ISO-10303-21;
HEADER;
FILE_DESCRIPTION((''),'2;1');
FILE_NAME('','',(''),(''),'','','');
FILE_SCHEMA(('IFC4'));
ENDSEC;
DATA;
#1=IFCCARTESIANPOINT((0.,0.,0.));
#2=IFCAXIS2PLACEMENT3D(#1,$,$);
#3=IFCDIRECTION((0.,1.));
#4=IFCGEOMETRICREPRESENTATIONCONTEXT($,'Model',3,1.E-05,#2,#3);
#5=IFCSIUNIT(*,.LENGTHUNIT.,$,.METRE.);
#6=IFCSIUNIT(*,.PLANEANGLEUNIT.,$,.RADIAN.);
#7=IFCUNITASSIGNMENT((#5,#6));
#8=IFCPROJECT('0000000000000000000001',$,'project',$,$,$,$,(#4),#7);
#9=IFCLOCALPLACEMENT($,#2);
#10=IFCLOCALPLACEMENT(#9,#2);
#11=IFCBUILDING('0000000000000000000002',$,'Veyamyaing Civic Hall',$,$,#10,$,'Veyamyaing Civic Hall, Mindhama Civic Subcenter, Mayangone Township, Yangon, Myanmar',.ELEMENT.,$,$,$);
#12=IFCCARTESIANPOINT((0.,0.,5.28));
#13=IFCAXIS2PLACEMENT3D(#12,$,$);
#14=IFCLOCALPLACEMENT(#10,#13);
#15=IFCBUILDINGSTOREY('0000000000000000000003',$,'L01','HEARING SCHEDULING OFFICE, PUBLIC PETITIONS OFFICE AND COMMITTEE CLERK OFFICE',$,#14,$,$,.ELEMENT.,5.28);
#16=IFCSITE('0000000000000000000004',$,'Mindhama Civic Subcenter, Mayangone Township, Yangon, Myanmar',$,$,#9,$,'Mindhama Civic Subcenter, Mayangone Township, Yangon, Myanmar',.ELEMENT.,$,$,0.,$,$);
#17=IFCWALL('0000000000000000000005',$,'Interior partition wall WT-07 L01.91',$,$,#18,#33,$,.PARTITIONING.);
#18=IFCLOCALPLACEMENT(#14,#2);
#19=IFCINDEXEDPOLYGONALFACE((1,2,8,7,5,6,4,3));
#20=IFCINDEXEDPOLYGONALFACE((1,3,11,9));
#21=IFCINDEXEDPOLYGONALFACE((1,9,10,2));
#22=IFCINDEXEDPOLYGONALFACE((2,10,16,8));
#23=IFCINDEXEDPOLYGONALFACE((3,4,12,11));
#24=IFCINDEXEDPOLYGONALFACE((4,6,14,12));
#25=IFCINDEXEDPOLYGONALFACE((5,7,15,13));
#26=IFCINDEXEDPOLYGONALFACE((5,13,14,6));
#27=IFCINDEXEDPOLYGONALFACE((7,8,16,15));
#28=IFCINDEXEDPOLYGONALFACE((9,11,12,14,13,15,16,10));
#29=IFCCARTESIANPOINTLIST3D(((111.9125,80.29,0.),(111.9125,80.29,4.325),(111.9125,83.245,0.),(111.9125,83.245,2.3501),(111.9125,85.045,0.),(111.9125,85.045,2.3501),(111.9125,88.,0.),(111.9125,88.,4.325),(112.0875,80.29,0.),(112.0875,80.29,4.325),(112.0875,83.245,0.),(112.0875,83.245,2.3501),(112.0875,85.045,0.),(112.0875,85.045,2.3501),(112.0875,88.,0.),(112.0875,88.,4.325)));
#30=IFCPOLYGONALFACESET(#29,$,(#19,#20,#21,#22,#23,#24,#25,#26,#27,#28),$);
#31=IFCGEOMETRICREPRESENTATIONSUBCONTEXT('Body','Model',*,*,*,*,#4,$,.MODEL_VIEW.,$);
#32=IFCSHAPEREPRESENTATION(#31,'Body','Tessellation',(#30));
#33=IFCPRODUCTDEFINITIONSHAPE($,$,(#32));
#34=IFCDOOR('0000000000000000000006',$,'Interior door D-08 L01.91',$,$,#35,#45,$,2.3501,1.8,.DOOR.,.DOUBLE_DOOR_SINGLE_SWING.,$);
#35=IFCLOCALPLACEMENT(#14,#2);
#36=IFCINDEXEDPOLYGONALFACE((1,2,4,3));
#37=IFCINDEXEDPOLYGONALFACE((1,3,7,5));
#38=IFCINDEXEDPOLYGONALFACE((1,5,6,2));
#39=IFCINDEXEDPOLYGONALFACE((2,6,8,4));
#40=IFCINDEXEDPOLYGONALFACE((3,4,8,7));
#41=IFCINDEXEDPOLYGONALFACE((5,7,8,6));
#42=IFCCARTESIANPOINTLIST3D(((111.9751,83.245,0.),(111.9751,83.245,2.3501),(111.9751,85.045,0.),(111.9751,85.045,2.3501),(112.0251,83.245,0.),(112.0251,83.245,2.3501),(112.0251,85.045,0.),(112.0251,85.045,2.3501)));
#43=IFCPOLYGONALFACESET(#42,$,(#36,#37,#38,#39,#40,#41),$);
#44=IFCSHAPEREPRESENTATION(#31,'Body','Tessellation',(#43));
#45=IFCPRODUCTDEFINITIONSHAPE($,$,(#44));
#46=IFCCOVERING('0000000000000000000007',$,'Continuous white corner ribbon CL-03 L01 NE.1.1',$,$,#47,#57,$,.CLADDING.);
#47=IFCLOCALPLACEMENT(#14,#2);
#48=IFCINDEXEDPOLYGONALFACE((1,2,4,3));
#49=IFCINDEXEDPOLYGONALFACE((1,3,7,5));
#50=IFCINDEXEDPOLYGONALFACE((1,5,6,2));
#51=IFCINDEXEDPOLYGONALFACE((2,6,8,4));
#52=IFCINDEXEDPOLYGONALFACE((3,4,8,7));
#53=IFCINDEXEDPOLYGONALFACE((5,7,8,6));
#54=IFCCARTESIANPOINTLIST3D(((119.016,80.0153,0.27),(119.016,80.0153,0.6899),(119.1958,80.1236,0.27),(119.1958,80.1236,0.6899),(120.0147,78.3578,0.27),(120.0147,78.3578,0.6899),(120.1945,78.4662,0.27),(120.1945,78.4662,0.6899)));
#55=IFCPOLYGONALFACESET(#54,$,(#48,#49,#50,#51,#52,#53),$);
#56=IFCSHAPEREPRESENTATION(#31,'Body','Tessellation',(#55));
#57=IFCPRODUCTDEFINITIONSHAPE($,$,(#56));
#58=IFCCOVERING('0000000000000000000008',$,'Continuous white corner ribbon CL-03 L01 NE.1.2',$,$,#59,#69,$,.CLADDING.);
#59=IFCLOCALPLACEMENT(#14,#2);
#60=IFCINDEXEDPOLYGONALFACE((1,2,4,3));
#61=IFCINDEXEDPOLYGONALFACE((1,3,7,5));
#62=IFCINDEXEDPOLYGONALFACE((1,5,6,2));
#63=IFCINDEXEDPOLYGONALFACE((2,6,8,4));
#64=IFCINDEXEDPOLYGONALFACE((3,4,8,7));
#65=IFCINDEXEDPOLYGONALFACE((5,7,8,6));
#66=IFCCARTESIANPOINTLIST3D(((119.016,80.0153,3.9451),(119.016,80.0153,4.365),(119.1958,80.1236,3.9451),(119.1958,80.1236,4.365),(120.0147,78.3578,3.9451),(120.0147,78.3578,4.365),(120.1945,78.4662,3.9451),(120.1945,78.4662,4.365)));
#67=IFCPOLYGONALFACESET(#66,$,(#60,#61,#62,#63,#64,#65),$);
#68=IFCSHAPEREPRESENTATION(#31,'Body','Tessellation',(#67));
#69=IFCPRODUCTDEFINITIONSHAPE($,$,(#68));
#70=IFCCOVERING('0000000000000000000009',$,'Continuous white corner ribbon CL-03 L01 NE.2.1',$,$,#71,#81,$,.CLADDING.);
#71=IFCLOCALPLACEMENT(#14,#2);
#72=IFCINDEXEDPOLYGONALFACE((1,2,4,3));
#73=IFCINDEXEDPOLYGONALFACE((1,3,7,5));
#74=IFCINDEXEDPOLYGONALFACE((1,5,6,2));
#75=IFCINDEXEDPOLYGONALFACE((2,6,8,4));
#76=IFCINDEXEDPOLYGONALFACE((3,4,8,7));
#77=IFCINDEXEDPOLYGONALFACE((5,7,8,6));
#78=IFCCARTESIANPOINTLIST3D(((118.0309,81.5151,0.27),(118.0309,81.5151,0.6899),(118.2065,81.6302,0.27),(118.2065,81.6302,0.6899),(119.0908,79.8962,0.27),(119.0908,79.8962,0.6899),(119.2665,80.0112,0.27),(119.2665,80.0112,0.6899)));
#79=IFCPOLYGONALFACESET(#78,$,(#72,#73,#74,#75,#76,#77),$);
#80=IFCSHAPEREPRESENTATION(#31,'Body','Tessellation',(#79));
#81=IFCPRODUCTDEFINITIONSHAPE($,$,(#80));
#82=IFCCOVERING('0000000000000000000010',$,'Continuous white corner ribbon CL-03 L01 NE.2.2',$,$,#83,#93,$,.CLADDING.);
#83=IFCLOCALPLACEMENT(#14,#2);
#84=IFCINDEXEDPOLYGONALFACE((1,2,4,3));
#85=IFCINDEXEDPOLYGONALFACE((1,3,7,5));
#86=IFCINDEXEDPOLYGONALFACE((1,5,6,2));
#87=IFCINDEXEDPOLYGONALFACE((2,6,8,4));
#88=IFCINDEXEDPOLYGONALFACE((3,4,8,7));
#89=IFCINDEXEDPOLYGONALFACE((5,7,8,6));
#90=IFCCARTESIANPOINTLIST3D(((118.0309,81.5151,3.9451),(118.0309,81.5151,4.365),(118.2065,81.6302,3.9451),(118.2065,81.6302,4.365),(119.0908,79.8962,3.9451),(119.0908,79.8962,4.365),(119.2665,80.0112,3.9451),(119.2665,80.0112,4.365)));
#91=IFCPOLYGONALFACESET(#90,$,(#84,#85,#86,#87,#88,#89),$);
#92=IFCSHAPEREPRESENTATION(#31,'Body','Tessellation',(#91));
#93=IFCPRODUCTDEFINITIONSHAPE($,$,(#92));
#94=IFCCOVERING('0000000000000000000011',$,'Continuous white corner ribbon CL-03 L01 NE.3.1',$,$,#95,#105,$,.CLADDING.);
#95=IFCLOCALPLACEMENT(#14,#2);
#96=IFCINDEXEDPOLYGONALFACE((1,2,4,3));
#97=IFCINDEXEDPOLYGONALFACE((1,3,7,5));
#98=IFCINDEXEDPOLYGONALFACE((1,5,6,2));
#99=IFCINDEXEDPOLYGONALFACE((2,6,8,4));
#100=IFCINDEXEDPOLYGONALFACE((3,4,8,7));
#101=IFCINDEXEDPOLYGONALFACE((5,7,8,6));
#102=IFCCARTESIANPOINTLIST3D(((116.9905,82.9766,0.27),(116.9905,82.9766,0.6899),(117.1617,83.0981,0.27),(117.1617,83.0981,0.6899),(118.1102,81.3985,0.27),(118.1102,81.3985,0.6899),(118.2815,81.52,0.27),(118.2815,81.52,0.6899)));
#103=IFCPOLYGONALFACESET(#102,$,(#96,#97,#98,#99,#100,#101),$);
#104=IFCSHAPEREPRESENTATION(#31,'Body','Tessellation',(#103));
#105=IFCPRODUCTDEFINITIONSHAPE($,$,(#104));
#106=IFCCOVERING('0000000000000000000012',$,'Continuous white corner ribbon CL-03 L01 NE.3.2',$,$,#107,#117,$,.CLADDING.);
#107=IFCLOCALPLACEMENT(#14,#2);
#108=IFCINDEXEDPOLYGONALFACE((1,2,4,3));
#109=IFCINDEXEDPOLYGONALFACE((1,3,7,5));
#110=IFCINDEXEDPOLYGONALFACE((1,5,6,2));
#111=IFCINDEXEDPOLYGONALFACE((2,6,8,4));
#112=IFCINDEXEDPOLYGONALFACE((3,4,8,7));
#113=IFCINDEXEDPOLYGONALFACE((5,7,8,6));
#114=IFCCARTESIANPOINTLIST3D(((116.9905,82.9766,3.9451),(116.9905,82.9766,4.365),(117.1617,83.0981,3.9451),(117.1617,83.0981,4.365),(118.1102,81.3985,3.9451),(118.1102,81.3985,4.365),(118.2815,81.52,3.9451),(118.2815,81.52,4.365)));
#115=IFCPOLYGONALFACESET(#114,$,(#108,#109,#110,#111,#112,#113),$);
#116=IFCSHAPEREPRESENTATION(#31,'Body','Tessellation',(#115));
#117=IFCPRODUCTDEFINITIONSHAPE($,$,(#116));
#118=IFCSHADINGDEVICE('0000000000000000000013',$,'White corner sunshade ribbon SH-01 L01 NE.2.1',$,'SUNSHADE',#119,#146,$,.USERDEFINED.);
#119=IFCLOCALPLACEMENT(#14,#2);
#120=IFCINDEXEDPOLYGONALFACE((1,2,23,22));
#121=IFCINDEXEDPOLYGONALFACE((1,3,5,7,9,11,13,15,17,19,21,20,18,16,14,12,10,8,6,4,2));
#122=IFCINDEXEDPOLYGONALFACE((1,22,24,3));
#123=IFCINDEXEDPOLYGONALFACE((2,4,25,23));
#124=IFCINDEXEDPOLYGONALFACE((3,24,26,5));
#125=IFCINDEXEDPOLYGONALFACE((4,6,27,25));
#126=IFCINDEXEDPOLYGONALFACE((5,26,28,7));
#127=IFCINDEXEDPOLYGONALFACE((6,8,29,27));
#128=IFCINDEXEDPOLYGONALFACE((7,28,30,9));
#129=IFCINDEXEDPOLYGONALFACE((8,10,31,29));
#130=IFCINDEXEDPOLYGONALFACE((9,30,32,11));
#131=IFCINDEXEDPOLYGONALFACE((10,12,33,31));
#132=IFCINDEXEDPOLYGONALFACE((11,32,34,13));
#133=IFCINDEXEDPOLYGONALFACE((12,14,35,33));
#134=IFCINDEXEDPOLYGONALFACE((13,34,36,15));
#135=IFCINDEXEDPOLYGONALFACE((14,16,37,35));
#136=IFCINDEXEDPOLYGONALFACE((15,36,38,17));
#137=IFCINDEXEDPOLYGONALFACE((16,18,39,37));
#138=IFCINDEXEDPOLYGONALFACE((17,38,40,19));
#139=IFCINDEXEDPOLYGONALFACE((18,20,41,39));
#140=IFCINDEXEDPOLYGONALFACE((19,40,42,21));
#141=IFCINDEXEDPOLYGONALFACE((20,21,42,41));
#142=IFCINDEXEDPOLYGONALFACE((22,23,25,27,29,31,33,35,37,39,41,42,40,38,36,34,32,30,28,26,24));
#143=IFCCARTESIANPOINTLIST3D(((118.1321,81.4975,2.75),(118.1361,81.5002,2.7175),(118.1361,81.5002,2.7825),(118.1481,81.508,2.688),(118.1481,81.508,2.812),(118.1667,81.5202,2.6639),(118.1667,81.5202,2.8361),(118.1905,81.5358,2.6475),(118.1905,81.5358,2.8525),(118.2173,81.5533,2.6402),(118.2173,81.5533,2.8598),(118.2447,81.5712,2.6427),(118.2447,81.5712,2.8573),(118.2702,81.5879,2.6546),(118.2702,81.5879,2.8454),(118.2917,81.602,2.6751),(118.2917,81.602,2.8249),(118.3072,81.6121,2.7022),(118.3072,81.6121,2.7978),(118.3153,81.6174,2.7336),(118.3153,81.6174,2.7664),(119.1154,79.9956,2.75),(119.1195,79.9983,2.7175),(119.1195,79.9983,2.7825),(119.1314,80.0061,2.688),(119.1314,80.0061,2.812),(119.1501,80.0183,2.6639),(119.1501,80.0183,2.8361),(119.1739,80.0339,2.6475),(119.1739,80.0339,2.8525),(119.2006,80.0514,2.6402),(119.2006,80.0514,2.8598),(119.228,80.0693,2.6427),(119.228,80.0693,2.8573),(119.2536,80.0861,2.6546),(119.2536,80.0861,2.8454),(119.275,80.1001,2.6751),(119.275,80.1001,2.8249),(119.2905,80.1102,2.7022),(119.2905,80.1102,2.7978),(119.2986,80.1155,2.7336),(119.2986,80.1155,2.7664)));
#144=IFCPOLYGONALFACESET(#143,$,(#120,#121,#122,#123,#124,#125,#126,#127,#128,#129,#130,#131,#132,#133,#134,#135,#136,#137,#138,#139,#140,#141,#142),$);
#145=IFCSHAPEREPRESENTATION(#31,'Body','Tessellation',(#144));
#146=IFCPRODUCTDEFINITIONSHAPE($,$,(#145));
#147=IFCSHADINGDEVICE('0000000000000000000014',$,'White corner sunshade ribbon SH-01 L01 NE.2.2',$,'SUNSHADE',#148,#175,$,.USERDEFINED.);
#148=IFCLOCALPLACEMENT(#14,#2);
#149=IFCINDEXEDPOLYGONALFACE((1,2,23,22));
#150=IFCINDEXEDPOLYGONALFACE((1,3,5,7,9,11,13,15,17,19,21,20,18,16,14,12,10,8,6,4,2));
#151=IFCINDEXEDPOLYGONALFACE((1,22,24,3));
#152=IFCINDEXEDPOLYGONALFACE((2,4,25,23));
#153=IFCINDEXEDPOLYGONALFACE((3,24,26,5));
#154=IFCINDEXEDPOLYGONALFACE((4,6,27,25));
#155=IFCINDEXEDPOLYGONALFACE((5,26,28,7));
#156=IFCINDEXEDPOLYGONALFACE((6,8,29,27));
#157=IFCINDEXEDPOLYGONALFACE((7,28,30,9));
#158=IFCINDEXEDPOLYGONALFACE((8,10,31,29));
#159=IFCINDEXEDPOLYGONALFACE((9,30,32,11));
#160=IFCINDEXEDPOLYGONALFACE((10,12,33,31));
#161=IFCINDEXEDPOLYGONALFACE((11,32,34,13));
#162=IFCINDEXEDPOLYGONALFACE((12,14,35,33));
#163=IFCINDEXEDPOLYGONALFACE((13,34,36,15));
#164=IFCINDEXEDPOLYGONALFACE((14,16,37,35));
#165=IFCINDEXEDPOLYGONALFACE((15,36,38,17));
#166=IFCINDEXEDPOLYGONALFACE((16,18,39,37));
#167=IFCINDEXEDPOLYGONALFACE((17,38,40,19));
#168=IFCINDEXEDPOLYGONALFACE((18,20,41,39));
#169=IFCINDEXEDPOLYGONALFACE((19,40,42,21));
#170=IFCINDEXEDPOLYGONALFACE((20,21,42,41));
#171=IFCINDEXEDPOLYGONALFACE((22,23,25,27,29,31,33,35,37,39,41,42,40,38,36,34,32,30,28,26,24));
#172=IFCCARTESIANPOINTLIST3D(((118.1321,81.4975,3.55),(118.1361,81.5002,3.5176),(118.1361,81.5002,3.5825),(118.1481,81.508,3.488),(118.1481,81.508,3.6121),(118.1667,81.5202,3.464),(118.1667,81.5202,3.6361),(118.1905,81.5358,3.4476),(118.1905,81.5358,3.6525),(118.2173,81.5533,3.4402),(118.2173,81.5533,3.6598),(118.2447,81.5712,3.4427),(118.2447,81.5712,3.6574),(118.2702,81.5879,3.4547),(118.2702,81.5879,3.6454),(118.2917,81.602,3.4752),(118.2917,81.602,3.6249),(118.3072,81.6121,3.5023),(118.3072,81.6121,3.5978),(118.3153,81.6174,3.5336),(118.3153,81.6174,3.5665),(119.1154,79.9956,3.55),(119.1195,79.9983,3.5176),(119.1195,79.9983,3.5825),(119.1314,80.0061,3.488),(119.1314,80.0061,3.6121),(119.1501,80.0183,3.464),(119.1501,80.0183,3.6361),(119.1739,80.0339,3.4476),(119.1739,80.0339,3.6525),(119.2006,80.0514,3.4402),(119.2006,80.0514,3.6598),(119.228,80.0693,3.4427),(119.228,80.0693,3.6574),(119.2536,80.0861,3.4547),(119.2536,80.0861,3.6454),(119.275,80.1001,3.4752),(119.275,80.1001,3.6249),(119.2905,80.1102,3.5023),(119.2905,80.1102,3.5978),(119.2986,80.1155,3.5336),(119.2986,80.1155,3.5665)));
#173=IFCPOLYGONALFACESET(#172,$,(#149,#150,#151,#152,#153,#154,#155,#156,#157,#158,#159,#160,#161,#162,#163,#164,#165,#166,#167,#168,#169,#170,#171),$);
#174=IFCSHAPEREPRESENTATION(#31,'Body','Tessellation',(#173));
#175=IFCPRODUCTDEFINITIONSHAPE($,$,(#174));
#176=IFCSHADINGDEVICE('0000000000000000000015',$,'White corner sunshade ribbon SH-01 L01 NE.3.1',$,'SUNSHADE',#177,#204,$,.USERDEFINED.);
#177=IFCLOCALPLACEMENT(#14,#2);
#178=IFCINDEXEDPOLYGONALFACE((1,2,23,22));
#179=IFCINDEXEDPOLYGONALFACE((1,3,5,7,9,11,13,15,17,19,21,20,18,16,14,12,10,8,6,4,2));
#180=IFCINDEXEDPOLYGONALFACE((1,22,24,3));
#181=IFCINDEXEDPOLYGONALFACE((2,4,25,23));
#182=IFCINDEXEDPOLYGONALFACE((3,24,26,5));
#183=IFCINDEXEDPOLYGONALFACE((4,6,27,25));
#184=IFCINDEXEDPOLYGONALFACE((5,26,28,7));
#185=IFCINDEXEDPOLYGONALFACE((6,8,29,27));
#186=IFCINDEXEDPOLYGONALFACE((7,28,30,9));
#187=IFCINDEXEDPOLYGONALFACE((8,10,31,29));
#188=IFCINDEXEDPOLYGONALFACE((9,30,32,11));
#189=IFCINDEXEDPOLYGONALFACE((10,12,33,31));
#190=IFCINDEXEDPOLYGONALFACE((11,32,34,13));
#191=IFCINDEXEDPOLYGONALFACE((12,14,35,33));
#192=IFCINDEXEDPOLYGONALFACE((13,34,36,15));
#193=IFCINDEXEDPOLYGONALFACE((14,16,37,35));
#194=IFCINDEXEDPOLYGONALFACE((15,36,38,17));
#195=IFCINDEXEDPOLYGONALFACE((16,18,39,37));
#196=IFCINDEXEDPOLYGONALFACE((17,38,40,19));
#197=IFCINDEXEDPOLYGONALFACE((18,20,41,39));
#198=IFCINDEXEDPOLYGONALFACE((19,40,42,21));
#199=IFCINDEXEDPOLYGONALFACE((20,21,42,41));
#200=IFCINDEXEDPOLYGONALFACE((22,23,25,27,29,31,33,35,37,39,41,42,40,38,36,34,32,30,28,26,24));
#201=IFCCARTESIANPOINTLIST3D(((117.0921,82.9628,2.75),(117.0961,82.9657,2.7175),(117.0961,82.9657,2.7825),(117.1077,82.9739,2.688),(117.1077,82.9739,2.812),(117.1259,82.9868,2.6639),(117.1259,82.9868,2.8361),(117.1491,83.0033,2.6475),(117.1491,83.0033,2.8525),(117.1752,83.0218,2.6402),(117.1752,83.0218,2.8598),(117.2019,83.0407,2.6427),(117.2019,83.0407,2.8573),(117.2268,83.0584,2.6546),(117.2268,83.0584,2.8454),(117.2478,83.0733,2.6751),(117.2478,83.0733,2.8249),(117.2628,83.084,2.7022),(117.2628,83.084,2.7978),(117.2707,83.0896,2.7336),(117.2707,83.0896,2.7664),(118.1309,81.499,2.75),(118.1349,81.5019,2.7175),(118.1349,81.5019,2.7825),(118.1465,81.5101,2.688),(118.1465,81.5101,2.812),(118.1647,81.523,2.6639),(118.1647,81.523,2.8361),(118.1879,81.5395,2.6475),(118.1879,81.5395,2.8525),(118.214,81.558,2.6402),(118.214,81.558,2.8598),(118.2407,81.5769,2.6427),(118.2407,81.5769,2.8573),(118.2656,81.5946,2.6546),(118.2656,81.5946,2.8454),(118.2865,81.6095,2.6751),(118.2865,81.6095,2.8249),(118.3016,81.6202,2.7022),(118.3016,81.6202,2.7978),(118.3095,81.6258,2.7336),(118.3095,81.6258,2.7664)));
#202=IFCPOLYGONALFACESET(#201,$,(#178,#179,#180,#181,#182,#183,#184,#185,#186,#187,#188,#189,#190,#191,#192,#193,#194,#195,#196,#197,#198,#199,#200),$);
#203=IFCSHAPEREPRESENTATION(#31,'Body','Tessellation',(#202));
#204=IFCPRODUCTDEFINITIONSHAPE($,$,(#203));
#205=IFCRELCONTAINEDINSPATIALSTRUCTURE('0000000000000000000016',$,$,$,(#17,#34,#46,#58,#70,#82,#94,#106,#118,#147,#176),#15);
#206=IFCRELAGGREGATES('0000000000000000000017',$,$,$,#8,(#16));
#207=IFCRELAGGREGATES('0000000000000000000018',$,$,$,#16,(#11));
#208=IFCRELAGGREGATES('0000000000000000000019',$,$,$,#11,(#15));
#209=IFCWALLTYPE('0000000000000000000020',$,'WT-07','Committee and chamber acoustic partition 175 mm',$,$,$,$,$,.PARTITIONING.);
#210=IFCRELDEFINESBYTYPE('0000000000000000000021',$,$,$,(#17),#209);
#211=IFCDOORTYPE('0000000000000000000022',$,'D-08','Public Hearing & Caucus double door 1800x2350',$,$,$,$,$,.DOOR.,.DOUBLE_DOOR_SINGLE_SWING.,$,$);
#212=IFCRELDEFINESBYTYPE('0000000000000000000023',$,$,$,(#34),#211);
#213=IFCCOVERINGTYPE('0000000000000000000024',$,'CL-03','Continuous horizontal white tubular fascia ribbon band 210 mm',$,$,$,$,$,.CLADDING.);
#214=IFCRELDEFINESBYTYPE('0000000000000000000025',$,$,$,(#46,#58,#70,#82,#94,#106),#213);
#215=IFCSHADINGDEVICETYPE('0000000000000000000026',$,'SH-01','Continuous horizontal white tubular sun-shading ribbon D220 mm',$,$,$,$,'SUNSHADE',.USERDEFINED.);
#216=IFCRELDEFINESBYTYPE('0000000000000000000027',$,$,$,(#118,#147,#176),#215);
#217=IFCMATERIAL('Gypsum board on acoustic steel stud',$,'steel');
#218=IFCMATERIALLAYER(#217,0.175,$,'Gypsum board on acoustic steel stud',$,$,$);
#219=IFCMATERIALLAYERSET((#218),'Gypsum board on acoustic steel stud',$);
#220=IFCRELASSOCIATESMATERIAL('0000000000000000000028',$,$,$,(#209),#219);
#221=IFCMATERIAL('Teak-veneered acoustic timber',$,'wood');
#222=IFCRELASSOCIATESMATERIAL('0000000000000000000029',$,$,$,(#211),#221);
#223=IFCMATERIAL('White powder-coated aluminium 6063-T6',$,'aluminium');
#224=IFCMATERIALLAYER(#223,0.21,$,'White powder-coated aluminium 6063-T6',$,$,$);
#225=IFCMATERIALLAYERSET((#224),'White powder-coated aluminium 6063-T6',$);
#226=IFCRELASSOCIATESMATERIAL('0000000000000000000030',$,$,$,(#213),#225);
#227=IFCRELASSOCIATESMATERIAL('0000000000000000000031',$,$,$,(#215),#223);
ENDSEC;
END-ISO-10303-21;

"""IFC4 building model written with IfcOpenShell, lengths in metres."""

from ifc_helpers import new_model, si_unit, direction, frame, frame_2d, origin, origin_2d, place, context, subcontext, project, spatial, rectangle, circle, extrude, material, layer, layer_set, material_profile, profile_set, type_object, element, fill, save


model = new_model("IFC4")

# Units and contexts
model_context = context("Model", 3, precision=1e-05, world=origin(), true_north=direction((0.0, 1.0)))
body_context = subcontext(model_context, "Body", "Model", "MODEL_VIEW")
ifc_project = project(units=[si_unit("LENGTHUNIT", "METRE"), si_unit("PLANEANGLEUNIT", "RADIAN")], contexts=[model_context])

# Site, building, storey
site_placement = place(None, origin())
site = spatial("IfcSite", under=ifc_project, at=site_placement, Name="Mindhama Civic Subcenter, Mayangone Township, Yangon, Myanmar", LongName="Mindhama Civic Subcenter, Mayangone Township, Yangon, Myanmar", CompositionType="ELEMENT", RefElevation=0.0)
building_placement = place(site_placement, origin())
building = spatial("IfcBuilding", under=site, at=building_placement, Name="Veyamyaing Civic Hall", LongName="Veyamyaing Civic Hall, Mindhama Civic Subcenter, Mayangone Township, Yangon, Myanmar", CompositionType="ELEMENT")
storey_placement = place(building_placement, frame((0.0, 0.0, 5.28)))
storey = spatial("IfcBuildingStorey", under=building, at=storey_placement, Name="L01", Description="HEARING SCHEDULING OFFICE, PUBLIC PETITIONS OFFICE AND COMMITTEE CLERK OFFICE", CompositionType="ELEMENT", Elevation=5.28)

# Wall, opening, door
ifc_material_1 = material(Name="Gypsum board on acoustic steel stud", Category="steel")
ifc_layer_1 = layer(ifc_material_1, 0.175, Name="Gypsum board on acoustic steel stud")
ifc_layer_set_1 = layer_set([ifc_layer_1], Name="Gypsum board on acoustic steel stud")
wall_type_1 = type_object("IfcWallType", Name="WT-07", Description="Committee and chamber acoustic partition 175 mm", PredefinedType="PARTITIONING", material=ifc_layer_set_1)
wall_1_placement = place(storey_placement, frame((112.0, 80.29, 0.0), z_axis=(0.0, 0.0, 1.0), x_axis=(0.0, 1.0, 0.0)))
wall_1 = element("IfcWall", 1, at=wall_1_placement, inside=storey, type_object=wall_type_1, Name="Interior partition wall WT-07 L01.91", PredefinedType="PARTITIONING", context=body_context, shape_type="SweptSolid", body=[
    extrude(rectangle(XDim=7.71, YDim=0.175, at=frame_2d((3.855, 0.0))), origin(), (0.0, 0.0, 1.0), 4.325),
])
opening_1_placement = place(wall_1_placement, frame((2.9551, 0.0, 0.0)))
opening_1 = element("IfcOpeningElement", 2, at=opening_1_placement, cuts=wall_1, PredefinedType="OPENING", context=body_context, shape_type="SweptSolid", body=[
    extrude(rectangle(XDim=1.8, YDim=2.3501, at=frame_2d((0.8999, 1.175))), frame((0.0, 0.0974, 0.0), z_axis=(0.0, -1.0, 0.0), x_axis=(1.0, 0.0, 0.0)), (0.0, 0.0, 1.0), 0.1951),
])
ifc_material_2 = material(Name="Teak-veneered acoustic timber", Category="wood")
door_type = type_object("IfcDoorType", Name="D-08", Description="Public Hearing & Caucus double door 1800x2350", OperationType="DOUBLE_DOOR_SINGLE_SWING", PredefinedType="DOOR", material=ifc_material_2)
door_placement = place(opening_1_placement, origin())
door = element("IfcDoor", 3, at=door_placement, inside=storey, type_object=door_type, Name="Interior door D-08 L01.91", OperationType="DOUBLE_DOOR_SINGLE_SWING", OverallHeight=2.3501, OverallWidth=1.8, PredefinedType="DOOR", context=body_context, shape_type="SweptSolid", body=[
    extrude(rectangle(XDim=1.8, YDim=2.3501, at=frame_2d((0.8999, 1.175))), frame((0.0, 0.0249, 0.0), z_axis=(0.0, -1.0, 0.0), x_axis=(1.0, 0.0, 0.0)), (0.0, 0.0, 1.0), 0.05),
])
fill(opening_1, door)

# Coverings
ifc_material_3 = material(Name="White powder-coated aluminium 6063-T6", Category="aluminium")
ifc_layer_2 = layer(ifc_material_3, 0.21, Name="White powder-coated aluminium 6063-T6")
ifc_layer_set_2 = layer_set([ifc_layer_2], Name="White powder-coated aluminium 6063-T6")
covering_type = type_object("IfcCoveringType", Name="CL-03", Description="Continuous horizontal white tubular fascia ribbon band 210 mm", PredefinedType="CLADDING", material=ifc_layer_set_2)
for number, where, z_axis, x_axis, name in (
    (4, (119.6052, 79.2407, 0.27), (0.0, 0.0, 1.0), (-0.516107, 0.856524, 0.0), "Continuous white corner ribbon CL-03 L01 NE.1.1"),
    (5, (119.6052, 79.2407, 3.9451), (0.0, 0.0, 1.0), (-0.516107, 0.856524, 0.0), "Continuous white corner ribbon CL-03 L01 NE.1.2"),
    (6, (118.6487, 80.7632, 0.27), (0.0, 0.0, 1.0), (-0.547772, 0.836628, 0.0), "Continuous white corner ribbon CL-03 L01 NE.2.1"),
    (7, (118.6487, 80.7632, 3.9451), (0.0, 0.0, 1.0), (-0.547772, 0.836628, 0.0), "Continuous white corner ribbon CL-03 L01 NE.2.2"),
    (8, (117.636, 82.2483, 0.27), (0.0, 0.0, 1.0), (-0.578671, 0.815561, 0.0), "Continuous white corner ribbon CL-03 L01 NE.3.1"),
    (9, (117.636, 82.2483, 3.9451), (0.0, 0.0, 1.0), (-0.578671, 0.815561, 0.0), "Continuous white corner ribbon CL-03 L01 NE.3.2"),
):
    element("IfcCovering", number, at=place(storey_placement, frame(where, z_axis=z_axis, x_axis=x_axis)), inside=storey, type_object=covering_type, Name=name, PredefinedType="CLADDING", context=body_context, shape_type="SweptSolid", body=[
        extrude(rectangle(XDim=1.9351, YDim=0.21, at=origin_2d()), origin(), (0.0, 0.0, 1.0), 0.4199),
    ])

# Shading devices
ifc_material_profile_1 = material_profile(ifc_material_3, circle(Radius=0.1101, at=origin_2d()), Name="SHADE-TUBE-220")
ifc_profile_set_1 = profile_set([ifc_material_profile_1], Name="White powder-coated aluminium 6063-T6")
shading_device_type = type_object("IfcShadingDeviceType", Name="SH-01", Description="Continuous horizontal white tubular sun-shading ribbon D220 mm", ElementType="SUNSHADE", PredefinedType="USERDEFINED", material=ifc_profile_set_1)
for number, where, z_axis, x_axis, name in (
    (10, (119.2075, 80.0559, 2.75), (-0.547777, 0.836624, 0.0), (-0.836624, -0.547777, 0.0), "White corner sunshade ribbon SH-01 L01 NE.2.1"),
    (11, (119.2075, 80.0559, 3.55), (-0.547777, 0.836624, 0.0), (-0.836624, -0.547777, 0.0), "White corner sunshade ribbon SH-01 L01 NE.2.2"),
):
    element("IfcShadingDevice", number, at=place(storey_placement, frame(where, z_axis=z_axis, x_axis=x_axis)), inside=storey, type_object=shading_device_type, Name=name, ObjectType="SUNSHADE", PredefinedType="USERDEFINED", context=body_context, shape_type="SweptSolid", body=[
        extrude(circle(Radius=0.1101, at=origin_2d()), origin(), (0.0, 0.0, 1.0), 1.7952),
    ])
for number, where, z_axis, x_axis, name in (
    (12, (118.2207, 81.5627, 2.75), (-0.578727, 0.815522, 0.0), (-0.815522, -0.578727, 0.0), "White corner sunshade ribbon SH-01 L01 NE.3.1"),
):
    element("IfcShadingDevice", number, at=place(storey_placement, frame(where, z_axis=z_axis, x_axis=x_axis)), inside=storey, type_object=shading_device_type, Name=name, ObjectType="SUNSHADE", PredefinedType="USERDEFINED", context=body_context, shape_type="SweptSolid", body=[
        extrude(circle(Radius=0.1101, at=origin_2d()), origin(), (0.0, 0.0, 1.0), 1.7949),
    ])

save(model, "model.ifc")
